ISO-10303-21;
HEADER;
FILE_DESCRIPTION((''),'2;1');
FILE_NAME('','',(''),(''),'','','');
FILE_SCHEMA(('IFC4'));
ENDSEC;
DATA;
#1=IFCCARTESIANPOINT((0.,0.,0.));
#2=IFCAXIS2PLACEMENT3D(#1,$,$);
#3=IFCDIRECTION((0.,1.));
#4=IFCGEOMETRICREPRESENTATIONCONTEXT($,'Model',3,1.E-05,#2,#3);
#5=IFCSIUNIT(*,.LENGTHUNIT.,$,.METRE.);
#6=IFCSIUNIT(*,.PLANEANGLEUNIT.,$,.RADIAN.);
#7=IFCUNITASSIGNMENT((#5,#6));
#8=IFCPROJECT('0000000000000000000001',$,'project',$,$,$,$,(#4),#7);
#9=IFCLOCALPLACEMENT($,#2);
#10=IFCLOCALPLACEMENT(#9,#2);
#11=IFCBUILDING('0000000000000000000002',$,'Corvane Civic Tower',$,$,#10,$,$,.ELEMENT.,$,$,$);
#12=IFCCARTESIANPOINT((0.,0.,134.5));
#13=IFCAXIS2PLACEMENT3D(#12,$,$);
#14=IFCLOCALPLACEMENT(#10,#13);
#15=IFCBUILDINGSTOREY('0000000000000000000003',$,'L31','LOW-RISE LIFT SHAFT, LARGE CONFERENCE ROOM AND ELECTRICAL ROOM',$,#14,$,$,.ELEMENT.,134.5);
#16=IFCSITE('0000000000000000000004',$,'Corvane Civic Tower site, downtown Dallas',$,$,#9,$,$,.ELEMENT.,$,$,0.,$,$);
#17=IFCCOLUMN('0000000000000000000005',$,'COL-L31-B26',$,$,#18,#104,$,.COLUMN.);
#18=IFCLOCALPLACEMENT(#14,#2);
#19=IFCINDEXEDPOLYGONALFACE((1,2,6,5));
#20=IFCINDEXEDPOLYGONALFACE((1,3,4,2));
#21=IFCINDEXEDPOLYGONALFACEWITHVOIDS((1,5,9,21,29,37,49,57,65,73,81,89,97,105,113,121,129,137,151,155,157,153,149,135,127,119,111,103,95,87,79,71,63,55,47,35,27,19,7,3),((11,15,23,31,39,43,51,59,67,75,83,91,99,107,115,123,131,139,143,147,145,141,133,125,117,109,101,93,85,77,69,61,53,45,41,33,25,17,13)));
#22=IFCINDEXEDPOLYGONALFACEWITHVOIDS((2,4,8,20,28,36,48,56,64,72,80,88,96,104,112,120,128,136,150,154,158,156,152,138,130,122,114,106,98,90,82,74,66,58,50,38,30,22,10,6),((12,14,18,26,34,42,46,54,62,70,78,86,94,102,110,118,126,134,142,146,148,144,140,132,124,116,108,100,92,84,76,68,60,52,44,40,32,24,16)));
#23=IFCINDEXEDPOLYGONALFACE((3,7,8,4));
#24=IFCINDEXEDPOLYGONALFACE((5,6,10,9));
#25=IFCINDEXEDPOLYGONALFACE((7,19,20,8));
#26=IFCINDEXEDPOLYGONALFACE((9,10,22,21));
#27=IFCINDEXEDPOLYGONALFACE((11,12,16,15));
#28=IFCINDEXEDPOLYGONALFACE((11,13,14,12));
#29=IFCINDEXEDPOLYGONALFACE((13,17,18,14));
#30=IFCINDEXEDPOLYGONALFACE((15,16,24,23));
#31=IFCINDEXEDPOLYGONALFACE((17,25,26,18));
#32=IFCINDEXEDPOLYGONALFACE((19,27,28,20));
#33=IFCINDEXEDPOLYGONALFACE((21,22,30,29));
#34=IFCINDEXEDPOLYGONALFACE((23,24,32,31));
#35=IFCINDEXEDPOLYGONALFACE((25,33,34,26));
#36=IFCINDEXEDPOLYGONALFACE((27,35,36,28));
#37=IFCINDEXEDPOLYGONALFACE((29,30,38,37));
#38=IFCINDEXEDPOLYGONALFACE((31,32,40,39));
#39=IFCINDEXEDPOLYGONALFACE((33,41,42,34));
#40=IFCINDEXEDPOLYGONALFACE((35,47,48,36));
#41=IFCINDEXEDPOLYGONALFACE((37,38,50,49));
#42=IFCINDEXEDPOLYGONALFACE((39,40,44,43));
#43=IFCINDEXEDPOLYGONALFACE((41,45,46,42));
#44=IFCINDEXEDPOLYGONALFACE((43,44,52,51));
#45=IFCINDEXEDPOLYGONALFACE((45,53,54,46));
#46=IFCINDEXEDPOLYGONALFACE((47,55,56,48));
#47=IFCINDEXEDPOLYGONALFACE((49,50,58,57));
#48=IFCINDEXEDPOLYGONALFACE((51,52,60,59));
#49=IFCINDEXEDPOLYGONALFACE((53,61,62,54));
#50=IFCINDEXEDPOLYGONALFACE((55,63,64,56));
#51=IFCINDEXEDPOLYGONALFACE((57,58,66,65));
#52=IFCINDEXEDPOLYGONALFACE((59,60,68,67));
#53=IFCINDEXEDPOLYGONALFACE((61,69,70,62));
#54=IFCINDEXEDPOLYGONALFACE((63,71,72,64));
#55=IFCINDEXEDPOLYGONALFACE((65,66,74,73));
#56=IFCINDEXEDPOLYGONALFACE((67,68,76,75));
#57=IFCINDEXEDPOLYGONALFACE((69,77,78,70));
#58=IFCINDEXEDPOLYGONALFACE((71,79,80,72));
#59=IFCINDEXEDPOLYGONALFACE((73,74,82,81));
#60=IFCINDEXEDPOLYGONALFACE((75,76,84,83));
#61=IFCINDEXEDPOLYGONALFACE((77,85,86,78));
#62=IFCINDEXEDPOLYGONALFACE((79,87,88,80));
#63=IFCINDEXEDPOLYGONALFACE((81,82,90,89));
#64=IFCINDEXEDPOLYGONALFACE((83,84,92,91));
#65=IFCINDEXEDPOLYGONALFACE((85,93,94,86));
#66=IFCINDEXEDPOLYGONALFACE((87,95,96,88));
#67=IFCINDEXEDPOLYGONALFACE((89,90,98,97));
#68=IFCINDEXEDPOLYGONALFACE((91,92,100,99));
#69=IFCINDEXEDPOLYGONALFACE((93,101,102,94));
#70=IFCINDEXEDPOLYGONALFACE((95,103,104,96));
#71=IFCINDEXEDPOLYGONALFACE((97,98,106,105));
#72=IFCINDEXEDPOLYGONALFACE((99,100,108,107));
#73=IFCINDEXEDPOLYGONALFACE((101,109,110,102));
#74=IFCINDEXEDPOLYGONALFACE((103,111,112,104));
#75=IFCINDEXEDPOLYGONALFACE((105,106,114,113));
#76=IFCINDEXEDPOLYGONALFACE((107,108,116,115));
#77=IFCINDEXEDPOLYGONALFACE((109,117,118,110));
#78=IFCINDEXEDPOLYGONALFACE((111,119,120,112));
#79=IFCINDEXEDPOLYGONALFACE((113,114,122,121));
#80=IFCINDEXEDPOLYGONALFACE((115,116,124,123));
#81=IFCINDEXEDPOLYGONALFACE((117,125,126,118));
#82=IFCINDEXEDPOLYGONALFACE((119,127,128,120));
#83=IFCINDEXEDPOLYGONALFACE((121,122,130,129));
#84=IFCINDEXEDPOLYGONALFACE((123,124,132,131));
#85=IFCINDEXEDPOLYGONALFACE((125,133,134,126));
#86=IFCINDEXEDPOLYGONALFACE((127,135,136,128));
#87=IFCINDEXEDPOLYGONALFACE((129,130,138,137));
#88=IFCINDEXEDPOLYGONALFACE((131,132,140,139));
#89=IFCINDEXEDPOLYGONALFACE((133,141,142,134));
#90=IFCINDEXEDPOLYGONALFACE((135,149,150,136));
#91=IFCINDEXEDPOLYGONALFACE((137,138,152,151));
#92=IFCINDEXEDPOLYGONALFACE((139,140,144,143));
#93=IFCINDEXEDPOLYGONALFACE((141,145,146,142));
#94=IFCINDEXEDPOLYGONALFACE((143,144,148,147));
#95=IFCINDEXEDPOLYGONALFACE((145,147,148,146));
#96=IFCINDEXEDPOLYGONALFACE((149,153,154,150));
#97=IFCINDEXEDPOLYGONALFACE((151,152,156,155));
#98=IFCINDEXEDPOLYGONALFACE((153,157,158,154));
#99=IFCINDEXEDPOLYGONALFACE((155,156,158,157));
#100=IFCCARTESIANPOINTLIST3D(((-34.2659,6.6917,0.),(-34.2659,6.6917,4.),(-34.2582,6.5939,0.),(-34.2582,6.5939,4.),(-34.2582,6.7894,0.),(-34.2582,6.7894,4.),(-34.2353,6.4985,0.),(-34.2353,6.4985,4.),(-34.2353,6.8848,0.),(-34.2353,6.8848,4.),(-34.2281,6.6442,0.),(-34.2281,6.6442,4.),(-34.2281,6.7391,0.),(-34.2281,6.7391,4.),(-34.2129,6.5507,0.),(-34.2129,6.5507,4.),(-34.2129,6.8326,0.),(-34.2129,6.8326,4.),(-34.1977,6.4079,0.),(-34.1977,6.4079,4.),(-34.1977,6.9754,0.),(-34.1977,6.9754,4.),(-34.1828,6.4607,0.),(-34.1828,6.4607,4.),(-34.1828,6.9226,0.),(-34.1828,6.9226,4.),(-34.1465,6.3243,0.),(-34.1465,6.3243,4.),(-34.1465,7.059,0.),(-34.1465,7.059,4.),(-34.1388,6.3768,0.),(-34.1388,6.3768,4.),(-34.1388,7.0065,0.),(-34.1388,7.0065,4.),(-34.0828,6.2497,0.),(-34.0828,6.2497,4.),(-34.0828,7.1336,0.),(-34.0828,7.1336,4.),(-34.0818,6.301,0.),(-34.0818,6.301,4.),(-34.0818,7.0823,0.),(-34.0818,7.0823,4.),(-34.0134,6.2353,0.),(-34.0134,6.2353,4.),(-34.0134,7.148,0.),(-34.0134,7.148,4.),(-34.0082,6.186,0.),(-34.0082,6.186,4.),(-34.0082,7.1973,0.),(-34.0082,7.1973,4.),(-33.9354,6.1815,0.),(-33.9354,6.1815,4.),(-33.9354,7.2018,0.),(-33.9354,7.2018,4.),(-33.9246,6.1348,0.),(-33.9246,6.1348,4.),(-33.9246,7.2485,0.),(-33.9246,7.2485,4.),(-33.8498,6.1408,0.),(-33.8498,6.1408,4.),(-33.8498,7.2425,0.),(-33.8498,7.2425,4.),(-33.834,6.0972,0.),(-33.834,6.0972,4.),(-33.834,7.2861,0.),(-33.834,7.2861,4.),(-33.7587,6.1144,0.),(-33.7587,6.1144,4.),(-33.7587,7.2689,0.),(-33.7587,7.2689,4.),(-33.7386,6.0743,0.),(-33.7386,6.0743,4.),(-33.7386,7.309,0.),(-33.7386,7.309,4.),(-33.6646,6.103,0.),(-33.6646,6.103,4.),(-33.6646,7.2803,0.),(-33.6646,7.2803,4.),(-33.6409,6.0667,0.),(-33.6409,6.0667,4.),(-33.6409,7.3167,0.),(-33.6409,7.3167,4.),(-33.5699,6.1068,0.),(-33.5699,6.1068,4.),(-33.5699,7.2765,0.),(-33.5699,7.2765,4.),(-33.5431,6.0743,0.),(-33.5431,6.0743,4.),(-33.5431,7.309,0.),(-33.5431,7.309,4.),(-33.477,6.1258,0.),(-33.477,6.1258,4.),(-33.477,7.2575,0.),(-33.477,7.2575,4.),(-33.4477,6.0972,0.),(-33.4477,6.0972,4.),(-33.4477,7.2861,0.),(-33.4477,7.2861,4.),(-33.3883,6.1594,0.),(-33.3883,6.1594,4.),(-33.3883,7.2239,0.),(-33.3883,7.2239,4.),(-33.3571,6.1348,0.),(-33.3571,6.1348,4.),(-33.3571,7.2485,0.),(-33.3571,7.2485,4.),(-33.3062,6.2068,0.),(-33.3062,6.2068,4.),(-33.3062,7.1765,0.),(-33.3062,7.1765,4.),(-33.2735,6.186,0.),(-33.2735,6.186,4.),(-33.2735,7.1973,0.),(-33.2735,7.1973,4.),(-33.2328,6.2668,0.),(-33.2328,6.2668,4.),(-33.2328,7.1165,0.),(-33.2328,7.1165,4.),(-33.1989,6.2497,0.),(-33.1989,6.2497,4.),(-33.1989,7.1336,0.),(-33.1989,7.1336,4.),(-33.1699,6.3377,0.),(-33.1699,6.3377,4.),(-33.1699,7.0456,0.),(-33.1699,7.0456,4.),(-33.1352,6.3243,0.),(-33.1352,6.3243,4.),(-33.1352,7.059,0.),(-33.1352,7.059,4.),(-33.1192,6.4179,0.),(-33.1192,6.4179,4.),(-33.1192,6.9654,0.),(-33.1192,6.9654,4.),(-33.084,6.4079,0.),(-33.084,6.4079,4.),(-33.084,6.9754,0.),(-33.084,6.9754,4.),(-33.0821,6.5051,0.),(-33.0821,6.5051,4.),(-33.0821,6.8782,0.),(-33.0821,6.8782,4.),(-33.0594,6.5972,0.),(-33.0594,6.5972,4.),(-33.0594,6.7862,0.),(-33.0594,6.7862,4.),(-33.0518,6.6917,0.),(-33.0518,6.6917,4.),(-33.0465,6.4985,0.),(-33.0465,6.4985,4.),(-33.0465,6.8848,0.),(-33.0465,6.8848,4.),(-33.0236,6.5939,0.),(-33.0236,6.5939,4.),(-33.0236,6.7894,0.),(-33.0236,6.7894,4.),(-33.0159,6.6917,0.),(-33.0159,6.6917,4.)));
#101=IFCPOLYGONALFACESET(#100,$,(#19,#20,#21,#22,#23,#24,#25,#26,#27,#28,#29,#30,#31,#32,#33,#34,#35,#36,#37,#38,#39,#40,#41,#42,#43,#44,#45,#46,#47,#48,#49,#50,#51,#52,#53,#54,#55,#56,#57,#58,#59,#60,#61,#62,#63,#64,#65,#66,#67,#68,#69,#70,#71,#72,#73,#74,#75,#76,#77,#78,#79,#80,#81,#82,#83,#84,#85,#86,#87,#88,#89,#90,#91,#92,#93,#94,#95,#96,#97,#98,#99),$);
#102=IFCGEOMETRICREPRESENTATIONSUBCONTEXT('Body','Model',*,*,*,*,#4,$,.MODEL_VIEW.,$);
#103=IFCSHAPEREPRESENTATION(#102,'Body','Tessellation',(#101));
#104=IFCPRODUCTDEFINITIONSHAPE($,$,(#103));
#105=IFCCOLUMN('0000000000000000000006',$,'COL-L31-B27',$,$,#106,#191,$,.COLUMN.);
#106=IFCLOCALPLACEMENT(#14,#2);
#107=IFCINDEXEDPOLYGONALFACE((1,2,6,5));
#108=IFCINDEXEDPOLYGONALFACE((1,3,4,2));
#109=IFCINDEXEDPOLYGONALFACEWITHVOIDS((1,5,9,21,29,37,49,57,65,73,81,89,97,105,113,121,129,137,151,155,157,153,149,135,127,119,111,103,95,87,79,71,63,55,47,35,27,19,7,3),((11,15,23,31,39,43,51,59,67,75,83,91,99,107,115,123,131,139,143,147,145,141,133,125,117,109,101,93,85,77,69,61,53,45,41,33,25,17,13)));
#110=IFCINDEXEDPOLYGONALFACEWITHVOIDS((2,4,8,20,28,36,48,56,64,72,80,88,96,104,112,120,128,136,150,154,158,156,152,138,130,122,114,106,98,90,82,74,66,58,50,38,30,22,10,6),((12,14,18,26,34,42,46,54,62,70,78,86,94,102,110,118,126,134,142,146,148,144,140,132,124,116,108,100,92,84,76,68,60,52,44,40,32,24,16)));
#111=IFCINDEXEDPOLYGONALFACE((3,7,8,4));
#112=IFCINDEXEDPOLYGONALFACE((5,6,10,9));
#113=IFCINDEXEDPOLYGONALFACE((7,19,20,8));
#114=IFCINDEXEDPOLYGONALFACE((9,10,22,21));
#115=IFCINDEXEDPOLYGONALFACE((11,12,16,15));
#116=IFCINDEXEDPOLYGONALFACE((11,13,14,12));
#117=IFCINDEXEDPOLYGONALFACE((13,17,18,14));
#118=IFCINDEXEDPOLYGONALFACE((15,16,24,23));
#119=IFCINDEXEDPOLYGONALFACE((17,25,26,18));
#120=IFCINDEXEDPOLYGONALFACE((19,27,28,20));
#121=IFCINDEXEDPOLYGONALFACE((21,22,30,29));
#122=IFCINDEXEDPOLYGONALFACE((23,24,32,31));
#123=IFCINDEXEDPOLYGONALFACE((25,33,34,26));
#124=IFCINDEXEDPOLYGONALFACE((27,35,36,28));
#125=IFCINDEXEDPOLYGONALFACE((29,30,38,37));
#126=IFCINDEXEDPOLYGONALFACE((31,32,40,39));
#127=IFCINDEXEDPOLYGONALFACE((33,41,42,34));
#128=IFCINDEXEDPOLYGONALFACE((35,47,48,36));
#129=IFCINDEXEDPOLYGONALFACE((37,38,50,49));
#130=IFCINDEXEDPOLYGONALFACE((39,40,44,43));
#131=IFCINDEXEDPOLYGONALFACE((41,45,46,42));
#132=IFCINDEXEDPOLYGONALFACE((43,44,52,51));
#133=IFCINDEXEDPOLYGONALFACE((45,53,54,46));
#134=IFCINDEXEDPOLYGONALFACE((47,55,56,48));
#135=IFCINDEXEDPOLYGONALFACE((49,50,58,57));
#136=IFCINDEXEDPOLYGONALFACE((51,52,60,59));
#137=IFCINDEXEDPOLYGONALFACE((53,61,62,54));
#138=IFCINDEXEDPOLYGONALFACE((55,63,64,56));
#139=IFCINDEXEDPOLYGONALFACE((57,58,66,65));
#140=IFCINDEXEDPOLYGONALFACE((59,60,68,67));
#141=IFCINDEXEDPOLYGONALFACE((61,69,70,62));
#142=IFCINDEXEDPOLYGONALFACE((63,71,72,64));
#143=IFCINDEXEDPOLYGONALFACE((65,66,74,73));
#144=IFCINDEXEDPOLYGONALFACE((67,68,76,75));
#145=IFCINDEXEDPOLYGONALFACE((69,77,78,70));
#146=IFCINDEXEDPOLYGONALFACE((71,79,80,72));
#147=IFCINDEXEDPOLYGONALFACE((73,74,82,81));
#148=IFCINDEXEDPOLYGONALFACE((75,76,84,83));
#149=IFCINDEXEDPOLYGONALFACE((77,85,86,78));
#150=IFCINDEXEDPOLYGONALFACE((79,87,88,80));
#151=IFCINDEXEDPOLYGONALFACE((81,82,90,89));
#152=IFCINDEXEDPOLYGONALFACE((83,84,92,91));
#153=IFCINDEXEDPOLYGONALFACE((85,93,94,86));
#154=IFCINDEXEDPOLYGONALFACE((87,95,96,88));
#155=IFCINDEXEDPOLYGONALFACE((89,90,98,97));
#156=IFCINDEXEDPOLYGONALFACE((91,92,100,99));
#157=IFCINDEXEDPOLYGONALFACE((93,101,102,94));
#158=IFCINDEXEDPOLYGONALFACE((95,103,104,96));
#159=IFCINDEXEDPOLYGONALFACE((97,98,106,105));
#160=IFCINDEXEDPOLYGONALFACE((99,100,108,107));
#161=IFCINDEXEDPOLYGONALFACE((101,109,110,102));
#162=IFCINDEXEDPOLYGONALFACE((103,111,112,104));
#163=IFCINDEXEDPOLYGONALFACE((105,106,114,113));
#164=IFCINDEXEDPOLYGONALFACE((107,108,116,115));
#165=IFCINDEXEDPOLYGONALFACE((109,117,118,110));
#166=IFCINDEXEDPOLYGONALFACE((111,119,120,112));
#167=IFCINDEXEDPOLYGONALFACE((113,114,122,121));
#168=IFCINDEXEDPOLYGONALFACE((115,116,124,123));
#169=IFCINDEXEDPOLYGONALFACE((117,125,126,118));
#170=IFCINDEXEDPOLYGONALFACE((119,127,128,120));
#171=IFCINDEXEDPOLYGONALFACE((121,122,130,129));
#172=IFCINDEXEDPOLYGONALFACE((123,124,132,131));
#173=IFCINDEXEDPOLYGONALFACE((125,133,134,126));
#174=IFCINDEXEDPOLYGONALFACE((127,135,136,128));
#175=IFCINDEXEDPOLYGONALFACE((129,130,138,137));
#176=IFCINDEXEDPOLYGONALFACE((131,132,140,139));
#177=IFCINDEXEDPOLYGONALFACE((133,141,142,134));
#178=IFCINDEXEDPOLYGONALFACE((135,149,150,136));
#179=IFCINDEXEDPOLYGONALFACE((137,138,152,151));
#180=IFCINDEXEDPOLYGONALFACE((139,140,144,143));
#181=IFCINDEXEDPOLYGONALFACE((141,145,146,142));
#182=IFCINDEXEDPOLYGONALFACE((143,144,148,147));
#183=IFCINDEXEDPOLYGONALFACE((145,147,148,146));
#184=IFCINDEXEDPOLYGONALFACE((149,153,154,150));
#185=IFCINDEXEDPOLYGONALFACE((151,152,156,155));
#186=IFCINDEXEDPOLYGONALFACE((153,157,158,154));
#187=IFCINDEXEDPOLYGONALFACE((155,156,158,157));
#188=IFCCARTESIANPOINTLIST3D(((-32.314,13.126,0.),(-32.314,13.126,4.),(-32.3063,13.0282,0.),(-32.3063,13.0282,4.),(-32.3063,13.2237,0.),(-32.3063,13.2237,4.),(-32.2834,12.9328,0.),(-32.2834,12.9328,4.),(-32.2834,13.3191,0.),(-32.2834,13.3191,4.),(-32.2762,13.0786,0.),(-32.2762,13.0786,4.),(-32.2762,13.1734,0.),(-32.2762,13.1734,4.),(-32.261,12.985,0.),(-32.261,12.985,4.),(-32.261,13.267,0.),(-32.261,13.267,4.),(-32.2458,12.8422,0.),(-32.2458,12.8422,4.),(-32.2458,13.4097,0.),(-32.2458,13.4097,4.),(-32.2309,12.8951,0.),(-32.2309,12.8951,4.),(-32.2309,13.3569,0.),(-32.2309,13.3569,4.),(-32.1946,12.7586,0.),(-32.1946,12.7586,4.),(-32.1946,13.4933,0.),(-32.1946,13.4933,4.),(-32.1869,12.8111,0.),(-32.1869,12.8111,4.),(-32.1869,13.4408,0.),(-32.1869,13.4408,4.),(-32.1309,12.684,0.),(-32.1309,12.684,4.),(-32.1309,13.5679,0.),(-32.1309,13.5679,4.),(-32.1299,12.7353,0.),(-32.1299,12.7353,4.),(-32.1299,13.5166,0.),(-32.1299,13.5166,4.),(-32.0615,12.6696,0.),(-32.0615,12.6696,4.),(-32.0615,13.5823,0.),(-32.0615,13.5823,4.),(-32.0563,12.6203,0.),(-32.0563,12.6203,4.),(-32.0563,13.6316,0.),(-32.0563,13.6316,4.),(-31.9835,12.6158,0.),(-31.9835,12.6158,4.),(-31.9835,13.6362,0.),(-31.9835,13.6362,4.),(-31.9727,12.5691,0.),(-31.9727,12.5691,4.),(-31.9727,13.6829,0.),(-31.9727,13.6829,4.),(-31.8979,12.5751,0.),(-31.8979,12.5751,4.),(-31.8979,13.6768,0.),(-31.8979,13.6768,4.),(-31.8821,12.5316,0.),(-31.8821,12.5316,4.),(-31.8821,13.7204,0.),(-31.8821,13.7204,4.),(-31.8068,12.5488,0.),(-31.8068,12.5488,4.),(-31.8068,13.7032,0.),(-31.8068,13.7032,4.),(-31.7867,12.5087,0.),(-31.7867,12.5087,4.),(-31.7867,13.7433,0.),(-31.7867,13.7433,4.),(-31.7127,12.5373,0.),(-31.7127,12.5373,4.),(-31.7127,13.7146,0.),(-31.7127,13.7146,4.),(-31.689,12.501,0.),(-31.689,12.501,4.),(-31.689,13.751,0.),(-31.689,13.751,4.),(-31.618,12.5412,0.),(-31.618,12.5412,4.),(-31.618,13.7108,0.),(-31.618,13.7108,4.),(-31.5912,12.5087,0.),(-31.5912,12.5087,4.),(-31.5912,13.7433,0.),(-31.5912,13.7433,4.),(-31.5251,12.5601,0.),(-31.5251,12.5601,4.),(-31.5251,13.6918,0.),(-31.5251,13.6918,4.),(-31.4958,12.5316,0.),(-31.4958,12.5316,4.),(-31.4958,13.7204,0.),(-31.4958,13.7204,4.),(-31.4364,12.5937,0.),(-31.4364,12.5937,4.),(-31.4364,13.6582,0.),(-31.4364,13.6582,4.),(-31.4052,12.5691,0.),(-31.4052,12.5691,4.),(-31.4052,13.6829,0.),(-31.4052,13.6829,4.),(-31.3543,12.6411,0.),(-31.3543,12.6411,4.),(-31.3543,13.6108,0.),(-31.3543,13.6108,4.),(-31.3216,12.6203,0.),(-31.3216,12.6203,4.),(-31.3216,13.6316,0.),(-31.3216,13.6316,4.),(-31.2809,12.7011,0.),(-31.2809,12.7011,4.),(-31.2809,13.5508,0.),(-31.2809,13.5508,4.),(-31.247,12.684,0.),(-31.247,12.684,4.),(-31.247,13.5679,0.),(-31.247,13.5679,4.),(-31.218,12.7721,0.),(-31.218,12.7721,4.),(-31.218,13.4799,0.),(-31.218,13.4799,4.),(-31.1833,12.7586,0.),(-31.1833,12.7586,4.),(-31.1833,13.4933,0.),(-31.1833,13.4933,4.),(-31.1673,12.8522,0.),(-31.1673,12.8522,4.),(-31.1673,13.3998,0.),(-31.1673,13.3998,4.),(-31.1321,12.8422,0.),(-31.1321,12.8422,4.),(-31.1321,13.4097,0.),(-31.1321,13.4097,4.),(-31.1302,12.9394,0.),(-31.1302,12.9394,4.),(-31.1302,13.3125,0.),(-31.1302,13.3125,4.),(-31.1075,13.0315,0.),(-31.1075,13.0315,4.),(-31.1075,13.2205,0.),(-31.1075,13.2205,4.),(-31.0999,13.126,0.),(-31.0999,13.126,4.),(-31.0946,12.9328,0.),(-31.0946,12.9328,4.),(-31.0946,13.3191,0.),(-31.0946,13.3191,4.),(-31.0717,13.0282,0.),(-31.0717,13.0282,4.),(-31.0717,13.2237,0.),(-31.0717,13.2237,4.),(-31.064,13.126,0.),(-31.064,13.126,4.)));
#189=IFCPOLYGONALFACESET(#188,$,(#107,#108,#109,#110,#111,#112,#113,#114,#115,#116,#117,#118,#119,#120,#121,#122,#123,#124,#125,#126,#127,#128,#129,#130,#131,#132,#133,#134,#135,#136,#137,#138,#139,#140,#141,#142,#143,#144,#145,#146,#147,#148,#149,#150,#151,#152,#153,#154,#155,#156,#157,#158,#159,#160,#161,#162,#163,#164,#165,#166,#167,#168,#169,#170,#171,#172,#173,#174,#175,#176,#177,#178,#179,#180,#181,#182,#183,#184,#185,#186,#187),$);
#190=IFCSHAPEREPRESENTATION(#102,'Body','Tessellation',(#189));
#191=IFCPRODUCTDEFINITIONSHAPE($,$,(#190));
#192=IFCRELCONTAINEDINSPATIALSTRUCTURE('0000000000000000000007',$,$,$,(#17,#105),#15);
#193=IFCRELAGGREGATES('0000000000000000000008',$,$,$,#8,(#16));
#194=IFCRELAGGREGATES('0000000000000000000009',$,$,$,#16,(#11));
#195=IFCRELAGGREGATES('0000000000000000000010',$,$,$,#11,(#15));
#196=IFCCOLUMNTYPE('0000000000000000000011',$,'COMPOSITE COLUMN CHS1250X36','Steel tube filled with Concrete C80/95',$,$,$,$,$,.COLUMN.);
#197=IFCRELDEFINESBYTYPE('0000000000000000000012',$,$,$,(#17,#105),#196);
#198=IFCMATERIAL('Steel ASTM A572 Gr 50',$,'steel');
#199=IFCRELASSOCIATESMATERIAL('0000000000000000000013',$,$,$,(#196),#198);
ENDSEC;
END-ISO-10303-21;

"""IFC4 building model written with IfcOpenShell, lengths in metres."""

from ifc_helpers import new_model, si_unit, direction, frame, origin, origin_2d, place, context, subcontext, project, spatial, hollow_circle, extrude, material, material_profile, profile_set, type_object, element, save


model = new_model("IFC4")

# Units and contexts
model_context = context("Model", 3, precision=1e-05, world=origin(), true_north=direction((0.0, 1.0)))
body_context = subcontext(model_context, "Body", "Model", "MODEL_VIEW")
ifc_project = project(units=[si_unit("LENGTHUNIT", "METRE"), si_unit("PLANEANGLEUNIT", "RADIAN")], contexts=[model_context])

# Site, building, storey
site_placement = place(None, origin())
site = spatial("IfcSite", under=ifc_project, at=site_placement, Name="Corvane Civic Tower site, downtown Dallas", CompositionType="ELEMENT", RefElevation=0.0)
building_placement = place(site_placement, origin())
building = spatial("IfcBuilding", under=site, at=building_placement, Name="Corvane Civic Tower", CompositionType="ELEMENT")
storey_placement = place(building_placement, frame((0.0, 0.0, 134.5)))
storey = spatial("IfcBuildingStorey", under=building, at=storey_placement, Name="L31", Description="LOW-RISE LIFT SHAFT, LARGE CONFERENCE ROOM AND ELECTRICAL ROOM", CompositionType="ELEMENT", Elevation=134.5)

# Columns
ifc_material_1 = material(Name="Steel ASTM A572 Gr 50", Category="steel")
ifc_material_profile_1 = material_profile(ifc_material_1, hollow_circle(Radius=0.625, WallThickness=0.0359, at=origin_2d()), Name="CHS1250X36")
ifc_profile_set_1 = profile_set([ifc_material_profile_1], Name="Steel ASTM A572 Gr 50")
column_type = type_object("IfcColumnType", Name="COMPOSITE COLUMN CHS1250X36", Description="Steel tube filled with Concrete C80/95", PredefinedType="COLUMN", material=ifc_profile_set_1)
for number, where, z_axis, x_axis, name in (
    (1, (-33.6409, 6.6917, 0.0), (0.0, 0.0, 1.0), (1.0, 0.0, 0.0), "COL-L31-B26"),
    (2, (-31.689, 13.126, 0.0), (0.0, 0.0, 1.0), (1.0, 0.0, 0.0), "COL-L31-B27"),
):
    element("IfcColumn", number, at=place(storey_placement, frame(where, z_axis=z_axis, x_axis=x_axis)), inside=storey, type_object=column_type, Name=name, PredefinedType="COLUMN", context=body_context, shape_type="SweptSolid", body=[
        extrude(hollow_circle(Radius=0.625, WallThickness=0.0359, at=origin_2d()), origin(), (0.0, 0.0, 1.0), 4.0),
    ])

save(model, "model.ifc")
